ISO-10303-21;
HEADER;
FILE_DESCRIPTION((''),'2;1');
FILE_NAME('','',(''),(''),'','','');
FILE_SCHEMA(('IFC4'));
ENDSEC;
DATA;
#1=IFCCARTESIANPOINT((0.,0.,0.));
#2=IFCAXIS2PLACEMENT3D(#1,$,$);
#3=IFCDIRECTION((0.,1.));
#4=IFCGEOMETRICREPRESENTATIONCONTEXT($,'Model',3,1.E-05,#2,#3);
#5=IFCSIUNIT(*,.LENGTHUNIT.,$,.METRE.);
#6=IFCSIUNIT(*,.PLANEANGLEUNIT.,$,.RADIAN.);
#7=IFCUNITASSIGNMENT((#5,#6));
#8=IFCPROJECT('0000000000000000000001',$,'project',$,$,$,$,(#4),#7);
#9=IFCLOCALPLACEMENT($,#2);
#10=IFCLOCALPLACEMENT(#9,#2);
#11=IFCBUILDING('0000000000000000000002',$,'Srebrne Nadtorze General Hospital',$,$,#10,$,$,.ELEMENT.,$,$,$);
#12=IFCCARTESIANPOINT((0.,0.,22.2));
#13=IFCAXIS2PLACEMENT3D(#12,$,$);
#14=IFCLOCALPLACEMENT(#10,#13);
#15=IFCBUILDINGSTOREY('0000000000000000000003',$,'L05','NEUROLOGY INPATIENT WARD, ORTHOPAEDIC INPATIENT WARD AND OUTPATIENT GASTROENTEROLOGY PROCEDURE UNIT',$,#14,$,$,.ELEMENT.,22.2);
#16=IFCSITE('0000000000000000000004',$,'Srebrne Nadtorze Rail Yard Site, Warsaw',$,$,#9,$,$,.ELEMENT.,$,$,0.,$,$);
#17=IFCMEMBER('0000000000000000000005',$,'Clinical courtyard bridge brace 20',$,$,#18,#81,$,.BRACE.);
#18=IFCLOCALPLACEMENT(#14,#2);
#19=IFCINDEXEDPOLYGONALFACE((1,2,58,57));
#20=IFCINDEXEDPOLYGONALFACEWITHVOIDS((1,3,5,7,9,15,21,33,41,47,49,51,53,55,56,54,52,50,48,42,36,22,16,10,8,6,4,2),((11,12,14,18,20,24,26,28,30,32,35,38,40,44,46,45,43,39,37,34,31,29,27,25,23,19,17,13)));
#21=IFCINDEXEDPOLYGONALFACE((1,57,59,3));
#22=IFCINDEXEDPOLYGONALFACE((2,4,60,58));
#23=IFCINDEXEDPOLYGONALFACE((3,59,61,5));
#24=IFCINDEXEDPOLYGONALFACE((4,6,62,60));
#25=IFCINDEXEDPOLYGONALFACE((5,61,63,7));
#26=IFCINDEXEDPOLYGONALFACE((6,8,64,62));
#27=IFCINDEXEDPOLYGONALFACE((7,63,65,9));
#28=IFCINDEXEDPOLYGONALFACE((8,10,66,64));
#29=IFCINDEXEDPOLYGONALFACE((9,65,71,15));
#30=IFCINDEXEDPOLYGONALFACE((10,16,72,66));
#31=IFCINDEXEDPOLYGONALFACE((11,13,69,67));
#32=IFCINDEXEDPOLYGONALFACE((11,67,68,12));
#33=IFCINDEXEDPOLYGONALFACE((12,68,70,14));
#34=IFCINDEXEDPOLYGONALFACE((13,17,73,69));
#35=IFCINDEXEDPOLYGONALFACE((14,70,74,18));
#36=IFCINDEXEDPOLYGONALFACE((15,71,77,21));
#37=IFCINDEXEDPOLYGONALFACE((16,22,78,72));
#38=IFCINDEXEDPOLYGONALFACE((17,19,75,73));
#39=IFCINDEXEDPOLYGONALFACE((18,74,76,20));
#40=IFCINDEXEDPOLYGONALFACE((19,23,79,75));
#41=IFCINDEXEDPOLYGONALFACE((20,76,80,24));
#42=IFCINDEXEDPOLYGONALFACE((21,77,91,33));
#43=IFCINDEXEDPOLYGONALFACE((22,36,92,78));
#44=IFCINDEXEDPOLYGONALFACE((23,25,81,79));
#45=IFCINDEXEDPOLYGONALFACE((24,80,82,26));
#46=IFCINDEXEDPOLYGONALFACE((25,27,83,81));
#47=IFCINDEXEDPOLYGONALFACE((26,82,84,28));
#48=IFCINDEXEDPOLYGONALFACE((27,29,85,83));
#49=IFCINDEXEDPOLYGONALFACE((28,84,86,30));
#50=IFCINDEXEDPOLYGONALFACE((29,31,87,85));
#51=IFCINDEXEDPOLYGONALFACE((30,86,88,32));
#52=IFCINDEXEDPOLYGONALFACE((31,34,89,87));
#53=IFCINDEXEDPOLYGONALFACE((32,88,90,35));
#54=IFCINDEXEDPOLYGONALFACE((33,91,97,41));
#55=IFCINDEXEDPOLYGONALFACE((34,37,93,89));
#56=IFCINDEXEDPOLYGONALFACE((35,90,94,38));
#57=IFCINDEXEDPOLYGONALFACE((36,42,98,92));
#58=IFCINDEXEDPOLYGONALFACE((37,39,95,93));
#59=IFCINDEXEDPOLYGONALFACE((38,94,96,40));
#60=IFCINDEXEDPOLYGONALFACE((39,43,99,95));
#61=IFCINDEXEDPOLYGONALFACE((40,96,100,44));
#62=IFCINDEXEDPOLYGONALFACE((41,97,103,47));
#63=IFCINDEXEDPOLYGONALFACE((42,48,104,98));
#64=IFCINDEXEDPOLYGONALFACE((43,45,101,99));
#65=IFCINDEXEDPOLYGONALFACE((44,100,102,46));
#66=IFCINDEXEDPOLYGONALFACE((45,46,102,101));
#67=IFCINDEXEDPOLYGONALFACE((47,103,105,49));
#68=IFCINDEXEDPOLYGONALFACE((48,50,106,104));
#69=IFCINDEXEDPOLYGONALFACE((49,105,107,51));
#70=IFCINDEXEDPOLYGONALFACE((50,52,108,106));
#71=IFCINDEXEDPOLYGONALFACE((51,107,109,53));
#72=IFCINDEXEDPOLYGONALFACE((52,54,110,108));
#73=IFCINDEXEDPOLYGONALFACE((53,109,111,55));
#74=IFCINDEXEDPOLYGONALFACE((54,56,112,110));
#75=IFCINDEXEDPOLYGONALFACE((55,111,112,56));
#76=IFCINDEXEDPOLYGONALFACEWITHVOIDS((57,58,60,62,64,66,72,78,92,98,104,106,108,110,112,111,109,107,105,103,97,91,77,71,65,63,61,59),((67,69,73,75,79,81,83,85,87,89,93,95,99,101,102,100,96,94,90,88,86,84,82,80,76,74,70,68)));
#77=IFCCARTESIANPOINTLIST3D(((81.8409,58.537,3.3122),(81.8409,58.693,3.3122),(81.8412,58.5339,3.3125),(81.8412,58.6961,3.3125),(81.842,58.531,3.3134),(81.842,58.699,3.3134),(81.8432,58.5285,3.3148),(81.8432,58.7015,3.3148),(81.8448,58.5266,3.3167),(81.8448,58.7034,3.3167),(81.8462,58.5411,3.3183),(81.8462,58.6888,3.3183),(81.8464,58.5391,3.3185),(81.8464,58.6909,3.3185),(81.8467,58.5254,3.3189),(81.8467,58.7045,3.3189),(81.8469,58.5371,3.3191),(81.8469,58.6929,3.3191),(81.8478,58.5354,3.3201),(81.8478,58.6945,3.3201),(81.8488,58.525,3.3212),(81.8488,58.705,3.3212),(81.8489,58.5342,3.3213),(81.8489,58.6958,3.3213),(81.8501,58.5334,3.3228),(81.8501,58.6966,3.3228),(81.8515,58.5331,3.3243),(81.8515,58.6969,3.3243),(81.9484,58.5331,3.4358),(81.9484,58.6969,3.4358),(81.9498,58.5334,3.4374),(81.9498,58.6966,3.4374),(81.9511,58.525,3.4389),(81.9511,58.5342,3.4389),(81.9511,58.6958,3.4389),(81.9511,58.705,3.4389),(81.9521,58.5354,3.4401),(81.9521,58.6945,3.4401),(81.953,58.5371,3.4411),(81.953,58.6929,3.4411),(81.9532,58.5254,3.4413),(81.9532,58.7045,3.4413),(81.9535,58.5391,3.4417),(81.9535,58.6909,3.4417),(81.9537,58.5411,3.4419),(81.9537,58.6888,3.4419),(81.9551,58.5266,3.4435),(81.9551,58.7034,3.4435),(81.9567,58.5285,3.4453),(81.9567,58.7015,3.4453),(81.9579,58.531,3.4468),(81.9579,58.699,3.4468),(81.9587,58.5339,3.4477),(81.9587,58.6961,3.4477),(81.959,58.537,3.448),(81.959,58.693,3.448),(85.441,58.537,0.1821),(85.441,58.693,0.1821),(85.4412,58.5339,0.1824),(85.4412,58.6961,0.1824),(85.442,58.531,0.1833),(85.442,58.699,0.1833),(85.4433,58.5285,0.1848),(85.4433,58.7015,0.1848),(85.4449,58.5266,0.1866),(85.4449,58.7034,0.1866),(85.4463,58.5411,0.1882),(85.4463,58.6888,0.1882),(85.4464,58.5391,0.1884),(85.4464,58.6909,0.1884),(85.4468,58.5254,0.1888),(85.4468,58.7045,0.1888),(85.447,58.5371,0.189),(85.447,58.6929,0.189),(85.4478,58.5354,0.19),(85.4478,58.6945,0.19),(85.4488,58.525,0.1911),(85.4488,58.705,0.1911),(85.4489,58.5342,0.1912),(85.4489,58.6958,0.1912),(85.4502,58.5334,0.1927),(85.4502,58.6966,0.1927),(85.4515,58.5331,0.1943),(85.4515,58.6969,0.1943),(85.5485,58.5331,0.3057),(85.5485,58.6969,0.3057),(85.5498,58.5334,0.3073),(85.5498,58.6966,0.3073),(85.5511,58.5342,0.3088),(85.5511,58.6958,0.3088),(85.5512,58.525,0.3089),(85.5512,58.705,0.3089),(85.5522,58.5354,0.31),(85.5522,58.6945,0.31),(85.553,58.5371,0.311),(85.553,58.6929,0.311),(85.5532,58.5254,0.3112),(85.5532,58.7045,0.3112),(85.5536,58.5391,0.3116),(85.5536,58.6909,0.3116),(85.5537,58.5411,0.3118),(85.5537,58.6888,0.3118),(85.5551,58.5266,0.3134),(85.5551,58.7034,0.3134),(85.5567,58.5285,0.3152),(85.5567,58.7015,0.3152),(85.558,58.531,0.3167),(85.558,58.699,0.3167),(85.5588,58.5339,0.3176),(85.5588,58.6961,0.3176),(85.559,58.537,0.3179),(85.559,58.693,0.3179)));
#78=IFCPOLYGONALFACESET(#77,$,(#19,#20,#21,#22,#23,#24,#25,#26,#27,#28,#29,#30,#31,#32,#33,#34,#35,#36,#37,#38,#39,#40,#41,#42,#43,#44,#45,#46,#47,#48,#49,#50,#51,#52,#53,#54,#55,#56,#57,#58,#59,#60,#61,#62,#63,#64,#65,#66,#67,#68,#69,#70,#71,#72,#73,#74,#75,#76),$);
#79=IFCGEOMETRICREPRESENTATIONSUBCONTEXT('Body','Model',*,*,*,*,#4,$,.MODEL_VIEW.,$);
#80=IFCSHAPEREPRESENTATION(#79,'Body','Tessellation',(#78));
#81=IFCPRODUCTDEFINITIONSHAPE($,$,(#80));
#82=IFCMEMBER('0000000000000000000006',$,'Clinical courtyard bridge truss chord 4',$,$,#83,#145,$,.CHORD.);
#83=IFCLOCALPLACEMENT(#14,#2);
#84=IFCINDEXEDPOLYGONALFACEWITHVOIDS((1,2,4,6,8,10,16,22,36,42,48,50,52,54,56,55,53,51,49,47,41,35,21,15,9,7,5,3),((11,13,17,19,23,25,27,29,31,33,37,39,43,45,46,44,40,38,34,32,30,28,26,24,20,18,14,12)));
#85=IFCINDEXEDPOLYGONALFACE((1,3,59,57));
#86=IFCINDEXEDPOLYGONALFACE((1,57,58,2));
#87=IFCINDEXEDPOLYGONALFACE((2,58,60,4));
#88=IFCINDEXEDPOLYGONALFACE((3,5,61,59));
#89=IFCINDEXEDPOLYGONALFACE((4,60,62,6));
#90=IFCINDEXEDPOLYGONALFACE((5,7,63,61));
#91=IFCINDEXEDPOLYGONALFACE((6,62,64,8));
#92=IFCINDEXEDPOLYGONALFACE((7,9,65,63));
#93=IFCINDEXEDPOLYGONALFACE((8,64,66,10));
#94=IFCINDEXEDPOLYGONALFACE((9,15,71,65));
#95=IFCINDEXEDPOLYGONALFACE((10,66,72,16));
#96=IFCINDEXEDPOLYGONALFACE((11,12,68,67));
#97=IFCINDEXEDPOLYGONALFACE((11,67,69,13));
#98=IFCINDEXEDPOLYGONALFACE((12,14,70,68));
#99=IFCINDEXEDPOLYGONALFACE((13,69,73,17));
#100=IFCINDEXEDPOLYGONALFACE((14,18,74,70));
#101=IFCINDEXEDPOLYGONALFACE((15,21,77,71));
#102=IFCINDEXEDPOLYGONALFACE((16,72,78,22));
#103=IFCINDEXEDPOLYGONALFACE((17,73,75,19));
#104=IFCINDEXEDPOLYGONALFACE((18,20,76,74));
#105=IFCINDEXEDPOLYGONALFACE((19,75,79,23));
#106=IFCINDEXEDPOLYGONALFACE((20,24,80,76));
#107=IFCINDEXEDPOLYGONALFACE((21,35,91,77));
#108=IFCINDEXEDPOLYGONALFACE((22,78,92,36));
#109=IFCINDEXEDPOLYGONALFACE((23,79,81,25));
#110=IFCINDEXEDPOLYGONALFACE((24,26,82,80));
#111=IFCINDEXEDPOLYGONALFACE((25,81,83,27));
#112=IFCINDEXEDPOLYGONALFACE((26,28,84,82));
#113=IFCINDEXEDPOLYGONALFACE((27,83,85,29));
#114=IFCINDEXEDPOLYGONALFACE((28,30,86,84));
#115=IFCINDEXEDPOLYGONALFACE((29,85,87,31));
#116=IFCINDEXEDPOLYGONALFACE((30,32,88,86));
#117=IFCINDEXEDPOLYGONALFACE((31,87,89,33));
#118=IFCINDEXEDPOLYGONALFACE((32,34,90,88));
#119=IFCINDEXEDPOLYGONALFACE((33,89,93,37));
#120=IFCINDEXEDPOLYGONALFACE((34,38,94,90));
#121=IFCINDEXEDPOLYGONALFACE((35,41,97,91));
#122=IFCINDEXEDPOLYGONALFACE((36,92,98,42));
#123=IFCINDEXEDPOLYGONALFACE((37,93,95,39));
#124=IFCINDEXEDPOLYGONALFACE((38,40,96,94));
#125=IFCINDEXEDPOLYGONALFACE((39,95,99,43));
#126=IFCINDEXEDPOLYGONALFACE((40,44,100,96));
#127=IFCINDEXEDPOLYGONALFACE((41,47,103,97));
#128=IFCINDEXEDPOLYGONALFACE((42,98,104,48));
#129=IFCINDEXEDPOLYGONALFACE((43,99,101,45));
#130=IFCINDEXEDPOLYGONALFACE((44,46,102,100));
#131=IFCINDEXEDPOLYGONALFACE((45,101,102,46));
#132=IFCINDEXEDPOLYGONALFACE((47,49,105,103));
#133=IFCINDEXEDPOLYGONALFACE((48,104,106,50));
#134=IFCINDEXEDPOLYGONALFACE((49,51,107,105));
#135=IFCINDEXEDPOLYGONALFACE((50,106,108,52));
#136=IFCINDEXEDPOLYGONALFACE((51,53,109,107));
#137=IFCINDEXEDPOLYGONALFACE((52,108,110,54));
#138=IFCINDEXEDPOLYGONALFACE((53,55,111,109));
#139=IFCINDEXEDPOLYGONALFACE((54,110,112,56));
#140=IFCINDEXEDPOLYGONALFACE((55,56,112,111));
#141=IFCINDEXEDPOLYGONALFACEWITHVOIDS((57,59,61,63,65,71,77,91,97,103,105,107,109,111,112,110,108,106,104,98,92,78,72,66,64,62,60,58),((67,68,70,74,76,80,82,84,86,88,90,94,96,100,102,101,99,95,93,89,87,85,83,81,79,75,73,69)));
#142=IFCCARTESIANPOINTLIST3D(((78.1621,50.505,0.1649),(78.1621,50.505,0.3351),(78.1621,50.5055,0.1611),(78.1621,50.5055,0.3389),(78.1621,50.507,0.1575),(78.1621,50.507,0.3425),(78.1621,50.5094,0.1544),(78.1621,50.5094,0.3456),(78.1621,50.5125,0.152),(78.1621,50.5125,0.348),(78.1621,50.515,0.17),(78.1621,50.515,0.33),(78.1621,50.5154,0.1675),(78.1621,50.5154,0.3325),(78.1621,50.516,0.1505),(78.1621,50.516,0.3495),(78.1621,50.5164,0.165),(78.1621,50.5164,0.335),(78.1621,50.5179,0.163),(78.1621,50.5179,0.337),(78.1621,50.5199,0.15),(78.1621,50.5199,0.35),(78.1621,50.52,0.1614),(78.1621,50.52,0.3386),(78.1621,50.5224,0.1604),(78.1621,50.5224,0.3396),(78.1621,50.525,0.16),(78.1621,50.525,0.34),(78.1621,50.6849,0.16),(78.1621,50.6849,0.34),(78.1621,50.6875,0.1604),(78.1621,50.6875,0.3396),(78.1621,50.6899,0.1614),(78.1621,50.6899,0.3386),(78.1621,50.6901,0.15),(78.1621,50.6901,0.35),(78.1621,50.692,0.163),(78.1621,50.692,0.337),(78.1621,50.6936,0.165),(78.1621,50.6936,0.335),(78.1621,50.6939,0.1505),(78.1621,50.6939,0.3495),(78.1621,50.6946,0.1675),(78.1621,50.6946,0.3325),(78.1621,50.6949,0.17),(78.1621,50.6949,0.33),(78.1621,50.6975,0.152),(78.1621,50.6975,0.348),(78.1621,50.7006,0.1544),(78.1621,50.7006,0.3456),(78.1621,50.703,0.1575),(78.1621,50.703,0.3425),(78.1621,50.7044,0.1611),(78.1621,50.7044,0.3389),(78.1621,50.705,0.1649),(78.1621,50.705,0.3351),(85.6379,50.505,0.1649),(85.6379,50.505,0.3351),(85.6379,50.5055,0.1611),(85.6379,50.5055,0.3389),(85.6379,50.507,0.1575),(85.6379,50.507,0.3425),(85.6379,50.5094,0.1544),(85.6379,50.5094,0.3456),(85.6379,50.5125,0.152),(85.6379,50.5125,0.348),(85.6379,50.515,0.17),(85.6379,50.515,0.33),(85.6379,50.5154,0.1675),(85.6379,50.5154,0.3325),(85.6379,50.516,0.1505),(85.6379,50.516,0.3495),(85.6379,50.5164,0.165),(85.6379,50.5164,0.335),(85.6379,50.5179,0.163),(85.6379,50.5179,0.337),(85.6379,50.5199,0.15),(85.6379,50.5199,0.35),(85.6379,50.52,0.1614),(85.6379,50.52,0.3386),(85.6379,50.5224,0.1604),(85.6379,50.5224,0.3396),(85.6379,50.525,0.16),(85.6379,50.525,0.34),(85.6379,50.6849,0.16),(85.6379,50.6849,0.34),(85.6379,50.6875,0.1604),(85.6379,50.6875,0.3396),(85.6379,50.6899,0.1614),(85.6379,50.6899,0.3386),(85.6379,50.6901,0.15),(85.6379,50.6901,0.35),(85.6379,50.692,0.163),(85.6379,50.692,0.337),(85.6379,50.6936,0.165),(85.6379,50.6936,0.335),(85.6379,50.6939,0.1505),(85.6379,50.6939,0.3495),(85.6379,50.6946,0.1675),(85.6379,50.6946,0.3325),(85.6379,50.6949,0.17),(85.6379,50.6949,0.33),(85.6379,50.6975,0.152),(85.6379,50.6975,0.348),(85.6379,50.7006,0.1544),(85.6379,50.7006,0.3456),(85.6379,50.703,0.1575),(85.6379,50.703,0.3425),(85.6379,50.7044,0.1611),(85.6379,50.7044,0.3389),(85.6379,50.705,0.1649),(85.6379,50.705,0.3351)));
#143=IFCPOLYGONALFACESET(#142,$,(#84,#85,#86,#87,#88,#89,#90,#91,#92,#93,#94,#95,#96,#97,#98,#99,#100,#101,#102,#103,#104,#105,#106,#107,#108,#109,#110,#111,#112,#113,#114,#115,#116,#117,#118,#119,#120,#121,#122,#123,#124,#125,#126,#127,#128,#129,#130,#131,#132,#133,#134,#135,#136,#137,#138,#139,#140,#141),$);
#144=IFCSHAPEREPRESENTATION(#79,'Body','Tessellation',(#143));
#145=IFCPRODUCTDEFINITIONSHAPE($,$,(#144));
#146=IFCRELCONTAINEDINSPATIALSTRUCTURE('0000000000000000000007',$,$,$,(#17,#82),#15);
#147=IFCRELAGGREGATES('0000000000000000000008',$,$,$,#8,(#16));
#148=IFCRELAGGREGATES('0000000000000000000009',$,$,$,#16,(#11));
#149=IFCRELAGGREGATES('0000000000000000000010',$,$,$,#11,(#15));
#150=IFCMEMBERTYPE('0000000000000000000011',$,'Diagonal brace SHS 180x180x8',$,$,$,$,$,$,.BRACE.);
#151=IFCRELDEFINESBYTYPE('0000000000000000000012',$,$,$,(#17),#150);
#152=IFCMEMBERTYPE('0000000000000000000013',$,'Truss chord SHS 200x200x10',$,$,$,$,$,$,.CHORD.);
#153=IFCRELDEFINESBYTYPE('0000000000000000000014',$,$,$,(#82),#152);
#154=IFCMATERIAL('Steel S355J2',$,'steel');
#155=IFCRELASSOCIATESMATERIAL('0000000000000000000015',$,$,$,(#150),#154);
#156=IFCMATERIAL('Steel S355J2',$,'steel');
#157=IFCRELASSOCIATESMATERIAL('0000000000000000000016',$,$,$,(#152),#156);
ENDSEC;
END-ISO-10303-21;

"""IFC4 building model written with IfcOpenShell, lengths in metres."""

from ifc_helpers import new_model, si_unit, direction, frame, origin, origin_2d, place, context, subcontext, project, spatial, hollow_rectangle, extrude, material, material_profile, profile_set, type_object, element, save


model = new_model("IFC4")

# Units and contexts
model_context = context("Model", 3, precision=1e-05, world=origin(), true_north=direction((0.0, 1.0)))
body_context = subcontext(model_context, "Body", "Model", "MODEL_VIEW")
ifc_project = project(units=[si_unit("LENGTHUNIT", "METRE"), si_unit("PLANEANGLEUNIT", "RADIAN")], contexts=[model_context])

# Site, building, storey
site_placement = place(None, origin())
site = spatial("IfcSite", under=ifc_project, at=site_placement, Name="Srebrne Nadtorze Rail Yard Site, Warsaw", CompositionType="ELEMENT", RefElevation=0.0)
building_placement = place(site_placement, origin())
building = spatial("IfcBuilding", under=site, at=building_placement, Name="Srebrne Nadtorze General Hospital", CompositionType="ELEMENT")
storey_placement = place(building_placement, frame((0.0, 0.0, 22.2)))
storey = spatial("IfcBuildingStorey", under=building, at=storey_placement, Name="L05", Description="NEUROLOGY INPATIENT WARD, ORTHOPAEDIC INPATIENT WARD AND OUTPATIENT GASTROENTEROLOGY PROCEDURE UNIT", CompositionType="ELEMENT", Elevation=22.2)

# Members
ifc_material_1 = material(Name="Steel S355J2", Category="steel")
ifc_material_profile_1 = material_profile(ifc_material_1, hollow_rectangle(XDim=0.1799, YDim=0.1799, WallThickness=0.0081, InnerFilletRadius=0.0081, OuterFilletRadius=0.012, at=origin_2d()), Name="SHS-180x180x8")
ifc_profile_set_1 = profile_set([ifc_material_profile_1], Name="Steel S355J2")
member_type_1 = type_object("IfcMemberType", Name="Diagonal brace SHS 180x180x8", PredefinedType="BRACE", material=ifc_profile_set_1)
for number, where, z_axis, x_axis, name in (
    (1, (85.5, 58.615, 0.25), (-0.754646, 0.0, 0.656132), (0.0, -1.0, 0.0), "Clinical courtyard bridge brace 20"),
):
    element("IfcMember", number, at=place(storey_placement, frame(where, z_axis=z_axis, x_axis=x_axis)), inside=storey, type_object=member_type_1, Name=name, PredefinedType="BRACE", context=body_context, shape_type="SweptSolid", body=[
        extrude(hollow_rectangle(XDim=0.1799, YDim=0.1799, WallThickness=0.0081, InnerFilletRadius=0.0081, OuterFilletRadius=0.012, at=origin_2d()), origin(), (0.0, 0.0, 1.0), 4.7705),
    ])
ifc_material_2 = material(Name="Steel S355J2", Category="steel")
ifc_material_profile_2 = material_profile(ifc_material_2, hollow_rectangle(XDim=0.2, YDim=0.2, WallThickness=0.01, InnerFilletRadius=0.01, OuterFilletRadius=0.0149, at=origin_2d()), Name="SHS-200x200x10")
ifc_profile_set_2 = profile_set([ifc_material_profile_2], Name="Steel S355J2")
member_type_2 = type_object("IfcMemberType", Name="Truss chord SHS 200x200x10", PredefinedType="CHORD", material=ifc_profile_set_2)
member_1_placement = place(storey_placement, frame((78.1621, 50.605, 0.25), z_axis=(1.0, 0.0, 0.0), x_axis=(0.0, 1.0, 0.0)))
element("IfcMember", 2, at=member_1_placement, inside=storey, type_object=member_type_2, Name="Clinical courtyard bridge truss chord 4", PredefinedType="CHORD", context=body_context, shape_type="SweptSolid", body=[
    extrude(hollow_rectangle(XDim=0.2, YDim=0.2, WallThickness=0.01, InnerFilletRadius=0.01, OuterFilletRadius=0.0149, at=origin_2d()), origin(), (0.0, 0.0, 1.0), 7.4758),
])

save(model, "model.ifc")
